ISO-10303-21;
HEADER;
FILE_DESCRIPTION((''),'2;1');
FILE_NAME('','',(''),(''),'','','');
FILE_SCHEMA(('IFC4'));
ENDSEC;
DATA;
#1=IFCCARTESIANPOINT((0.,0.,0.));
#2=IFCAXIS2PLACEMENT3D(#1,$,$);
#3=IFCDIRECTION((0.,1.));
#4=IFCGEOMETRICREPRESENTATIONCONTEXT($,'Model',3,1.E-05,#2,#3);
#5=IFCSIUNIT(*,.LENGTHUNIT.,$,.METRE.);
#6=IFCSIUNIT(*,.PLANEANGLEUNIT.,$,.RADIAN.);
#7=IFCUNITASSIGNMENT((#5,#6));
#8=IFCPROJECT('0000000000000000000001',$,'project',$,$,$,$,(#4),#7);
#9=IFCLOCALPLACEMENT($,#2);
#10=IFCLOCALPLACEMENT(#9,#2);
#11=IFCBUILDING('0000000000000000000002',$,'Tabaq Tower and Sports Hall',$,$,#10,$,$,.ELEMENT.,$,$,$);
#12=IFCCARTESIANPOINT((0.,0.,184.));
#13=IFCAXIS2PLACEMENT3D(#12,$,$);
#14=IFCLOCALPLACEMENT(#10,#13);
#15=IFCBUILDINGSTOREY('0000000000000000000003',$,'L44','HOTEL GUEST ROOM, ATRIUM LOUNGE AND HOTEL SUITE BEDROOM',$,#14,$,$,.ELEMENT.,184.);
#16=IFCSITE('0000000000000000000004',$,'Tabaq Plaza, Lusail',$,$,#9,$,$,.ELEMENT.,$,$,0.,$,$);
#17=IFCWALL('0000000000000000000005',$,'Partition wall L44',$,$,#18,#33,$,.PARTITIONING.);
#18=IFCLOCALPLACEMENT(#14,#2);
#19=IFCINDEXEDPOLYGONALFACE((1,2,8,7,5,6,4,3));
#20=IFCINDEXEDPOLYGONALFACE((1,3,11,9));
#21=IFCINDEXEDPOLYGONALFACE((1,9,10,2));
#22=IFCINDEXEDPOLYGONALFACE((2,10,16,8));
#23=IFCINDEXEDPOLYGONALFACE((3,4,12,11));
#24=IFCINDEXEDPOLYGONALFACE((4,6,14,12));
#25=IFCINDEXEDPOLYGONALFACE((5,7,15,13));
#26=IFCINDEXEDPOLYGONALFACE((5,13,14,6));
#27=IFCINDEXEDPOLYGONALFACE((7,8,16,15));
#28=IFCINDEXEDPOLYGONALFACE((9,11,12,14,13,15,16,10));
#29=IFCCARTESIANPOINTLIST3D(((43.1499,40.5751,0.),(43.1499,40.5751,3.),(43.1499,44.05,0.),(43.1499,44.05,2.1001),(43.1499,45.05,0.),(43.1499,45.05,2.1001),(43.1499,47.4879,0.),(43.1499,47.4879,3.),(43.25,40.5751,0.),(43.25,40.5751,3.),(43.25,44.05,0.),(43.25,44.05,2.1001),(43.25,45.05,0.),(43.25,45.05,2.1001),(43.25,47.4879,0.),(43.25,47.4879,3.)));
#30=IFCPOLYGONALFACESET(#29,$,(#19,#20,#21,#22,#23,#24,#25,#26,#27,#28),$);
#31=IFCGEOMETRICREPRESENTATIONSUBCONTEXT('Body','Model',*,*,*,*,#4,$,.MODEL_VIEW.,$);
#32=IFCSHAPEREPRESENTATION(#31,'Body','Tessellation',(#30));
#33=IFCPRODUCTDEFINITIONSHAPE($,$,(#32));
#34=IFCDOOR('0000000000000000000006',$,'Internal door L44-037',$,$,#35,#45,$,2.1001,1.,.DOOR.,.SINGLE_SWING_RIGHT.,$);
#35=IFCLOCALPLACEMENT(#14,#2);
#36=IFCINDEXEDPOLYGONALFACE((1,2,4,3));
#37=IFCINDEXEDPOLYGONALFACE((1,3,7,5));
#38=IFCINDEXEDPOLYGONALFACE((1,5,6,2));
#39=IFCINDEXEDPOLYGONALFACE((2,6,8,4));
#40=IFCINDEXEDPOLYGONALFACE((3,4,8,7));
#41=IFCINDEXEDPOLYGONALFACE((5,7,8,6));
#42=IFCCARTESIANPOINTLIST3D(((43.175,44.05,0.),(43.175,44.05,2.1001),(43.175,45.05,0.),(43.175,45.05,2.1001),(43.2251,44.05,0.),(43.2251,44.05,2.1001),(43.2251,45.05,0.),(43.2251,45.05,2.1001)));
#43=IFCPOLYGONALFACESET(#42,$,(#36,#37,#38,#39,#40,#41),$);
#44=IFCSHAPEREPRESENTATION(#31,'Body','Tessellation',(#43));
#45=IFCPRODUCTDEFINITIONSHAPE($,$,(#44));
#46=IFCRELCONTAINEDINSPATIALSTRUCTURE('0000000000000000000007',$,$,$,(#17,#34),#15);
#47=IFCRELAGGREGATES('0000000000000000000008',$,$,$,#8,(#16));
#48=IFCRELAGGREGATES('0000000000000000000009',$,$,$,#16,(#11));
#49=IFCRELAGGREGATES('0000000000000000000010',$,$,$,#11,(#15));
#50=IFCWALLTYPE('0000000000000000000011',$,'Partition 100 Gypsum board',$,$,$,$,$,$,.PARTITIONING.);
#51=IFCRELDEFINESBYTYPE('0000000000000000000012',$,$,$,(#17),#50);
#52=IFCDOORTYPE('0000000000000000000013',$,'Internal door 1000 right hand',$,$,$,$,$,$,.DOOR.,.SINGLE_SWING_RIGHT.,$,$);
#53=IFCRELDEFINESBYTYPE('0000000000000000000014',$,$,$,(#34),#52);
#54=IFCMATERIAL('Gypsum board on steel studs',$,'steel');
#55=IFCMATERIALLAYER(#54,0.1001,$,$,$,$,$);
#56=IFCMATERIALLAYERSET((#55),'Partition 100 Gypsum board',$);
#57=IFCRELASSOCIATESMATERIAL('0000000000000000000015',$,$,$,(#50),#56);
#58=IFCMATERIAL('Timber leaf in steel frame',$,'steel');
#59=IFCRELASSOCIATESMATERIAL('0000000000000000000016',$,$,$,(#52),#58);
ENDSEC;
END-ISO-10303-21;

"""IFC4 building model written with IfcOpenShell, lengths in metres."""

from ifc_helpers import new_model, si_unit, direction, frame, frame_2d, origin, place, context, subcontext, project, spatial, rectangle, extrude, material, layer, layer_set, type_object, element, fill, save


model = new_model("IFC4")

# Units and contexts
model_context = context("Model", 3, precision=1e-05, world=origin(), true_north=direction((0.0, 1.0)))
body_context = subcontext(model_context, "Body", "Model", "MODEL_VIEW")
ifc_project = project(units=[si_unit("LENGTHUNIT", "METRE"), si_unit("PLANEANGLEUNIT", "RADIAN")], contexts=[model_context])

# Site, building, storey
site_placement = place(None, origin())
site = spatial("IfcSite", under=ifc_project, at=site_placement, Name="Tabaq Plaza, Lusail", CompositionType="ELEMENT", RefElevation=0.0)
building_placement = place(site_placement, origin())
building = spatial("IfcBuilding", under=site, at=building_placement, Name="Tabaq Tower and Sports Hall", CompositionType="ELEMENT")
storey_placement = place(building_placement, frame((0.0, 0.0, 184.0)))
storey = spatial("IfcBuildingStorey", under=building, at=storey_placement, Name="L44", Description="HOTEL GUEST ROOM, ATRIUM LOUNGE AND HOTEL SUITE BEDROOM", CompositionType="ELEMENT", Elevation=184.0)

# Wall, opening, door
ifc_material_1 = material(Name="Gypsum board on steel studs", Category="steel")
ifc_layer_1 = layer(ifc_material_1, 0.1001)
ifc_layer_set_1 = layer_set([ifc_layer_1], Name="Partition 100 Gypsum board")
wall_type_1 = type_object("IfcWallType", Name="Partition 100 Gypsum board", PredefinedType="PARTITIONING", material=ifc_layer_set_1)
wall_1_placement = place(storey_placement, frame((43.2, 40.575, 0.0), z_axis=(0.0, 0.0, 1.0), x_axis=(0.0, 1.0, 0.0)))
wall_1 = element("IfcWall", 1, at=wall_1_placement, inside=storey, type_object=wall_type_1, Name="Partition wall L44", PredefinedType="PARTITIONING", context=body_context, shape_type="SweptSolid", body=[
    extrude(rectangle(XDim=6.9128, YDim=0.1001, at=frame_2d((3.4565, 0.0))), origin(), (0.0, 0.0, 1.0), 3.0),
])
opening_1_placement = place(wall_1_placement, frame((3.4751, 0.0, 0.0)))
opening_1 = element("IfcOpeningElement", 2, at=opening_1_placement, cuts=wall_1, PredefinedType="OPENING", context=body_context, shape_type="SweptSolid", body=[
    extrude(rectangle(XDim=1.0, YDim=2.1001, at=frame_2d((0.5, 1.05))), frame((0.0, 0.05, 0.0), z_axis=(0.0, -1.0, 0.0), x_axis=(1.0, 0.0, 0.0)), (0.0, 0.0, 1.0), 0.1001),
])
ifc_material_2 = material(Name="Timber leaf in steel frame", Category="steel")
door_type_1 = type_object("IfcDoorType", Name="Internal door 1000 right hand", OperationType="SINGLE_SWING_RIGHT", PredefinedType="DOOR", material=ifc_material_2)
door_1_placement = place(opening_1_placement, origin())
door_1 = element("IfcDoor", 3, at=door_1_placement, inside=storey, type_object=door_type_1, Name="Internal door L44-037", OperationType="SINGLE_SWING_RIGHT", OverallHeight=2.1001, OverallWidth=1.0, PredefinedType="DOOR", context=body_context, shape_type="SweptSolid", body=[
    extrude(rectangle(XDim=1.0, YDim=2.1001, at=frame_2d((0.5, 1.05))), frame((0.0, 0.0249, 0.0), z_axis=(0.0, -1.0, 0.0), x_axis=(1.0, 0.0, 0.0)), (0.0, 0.0, 1.0), 0.05),
])
fill(opening_1, door_1)

save(model, "model.ifc")
